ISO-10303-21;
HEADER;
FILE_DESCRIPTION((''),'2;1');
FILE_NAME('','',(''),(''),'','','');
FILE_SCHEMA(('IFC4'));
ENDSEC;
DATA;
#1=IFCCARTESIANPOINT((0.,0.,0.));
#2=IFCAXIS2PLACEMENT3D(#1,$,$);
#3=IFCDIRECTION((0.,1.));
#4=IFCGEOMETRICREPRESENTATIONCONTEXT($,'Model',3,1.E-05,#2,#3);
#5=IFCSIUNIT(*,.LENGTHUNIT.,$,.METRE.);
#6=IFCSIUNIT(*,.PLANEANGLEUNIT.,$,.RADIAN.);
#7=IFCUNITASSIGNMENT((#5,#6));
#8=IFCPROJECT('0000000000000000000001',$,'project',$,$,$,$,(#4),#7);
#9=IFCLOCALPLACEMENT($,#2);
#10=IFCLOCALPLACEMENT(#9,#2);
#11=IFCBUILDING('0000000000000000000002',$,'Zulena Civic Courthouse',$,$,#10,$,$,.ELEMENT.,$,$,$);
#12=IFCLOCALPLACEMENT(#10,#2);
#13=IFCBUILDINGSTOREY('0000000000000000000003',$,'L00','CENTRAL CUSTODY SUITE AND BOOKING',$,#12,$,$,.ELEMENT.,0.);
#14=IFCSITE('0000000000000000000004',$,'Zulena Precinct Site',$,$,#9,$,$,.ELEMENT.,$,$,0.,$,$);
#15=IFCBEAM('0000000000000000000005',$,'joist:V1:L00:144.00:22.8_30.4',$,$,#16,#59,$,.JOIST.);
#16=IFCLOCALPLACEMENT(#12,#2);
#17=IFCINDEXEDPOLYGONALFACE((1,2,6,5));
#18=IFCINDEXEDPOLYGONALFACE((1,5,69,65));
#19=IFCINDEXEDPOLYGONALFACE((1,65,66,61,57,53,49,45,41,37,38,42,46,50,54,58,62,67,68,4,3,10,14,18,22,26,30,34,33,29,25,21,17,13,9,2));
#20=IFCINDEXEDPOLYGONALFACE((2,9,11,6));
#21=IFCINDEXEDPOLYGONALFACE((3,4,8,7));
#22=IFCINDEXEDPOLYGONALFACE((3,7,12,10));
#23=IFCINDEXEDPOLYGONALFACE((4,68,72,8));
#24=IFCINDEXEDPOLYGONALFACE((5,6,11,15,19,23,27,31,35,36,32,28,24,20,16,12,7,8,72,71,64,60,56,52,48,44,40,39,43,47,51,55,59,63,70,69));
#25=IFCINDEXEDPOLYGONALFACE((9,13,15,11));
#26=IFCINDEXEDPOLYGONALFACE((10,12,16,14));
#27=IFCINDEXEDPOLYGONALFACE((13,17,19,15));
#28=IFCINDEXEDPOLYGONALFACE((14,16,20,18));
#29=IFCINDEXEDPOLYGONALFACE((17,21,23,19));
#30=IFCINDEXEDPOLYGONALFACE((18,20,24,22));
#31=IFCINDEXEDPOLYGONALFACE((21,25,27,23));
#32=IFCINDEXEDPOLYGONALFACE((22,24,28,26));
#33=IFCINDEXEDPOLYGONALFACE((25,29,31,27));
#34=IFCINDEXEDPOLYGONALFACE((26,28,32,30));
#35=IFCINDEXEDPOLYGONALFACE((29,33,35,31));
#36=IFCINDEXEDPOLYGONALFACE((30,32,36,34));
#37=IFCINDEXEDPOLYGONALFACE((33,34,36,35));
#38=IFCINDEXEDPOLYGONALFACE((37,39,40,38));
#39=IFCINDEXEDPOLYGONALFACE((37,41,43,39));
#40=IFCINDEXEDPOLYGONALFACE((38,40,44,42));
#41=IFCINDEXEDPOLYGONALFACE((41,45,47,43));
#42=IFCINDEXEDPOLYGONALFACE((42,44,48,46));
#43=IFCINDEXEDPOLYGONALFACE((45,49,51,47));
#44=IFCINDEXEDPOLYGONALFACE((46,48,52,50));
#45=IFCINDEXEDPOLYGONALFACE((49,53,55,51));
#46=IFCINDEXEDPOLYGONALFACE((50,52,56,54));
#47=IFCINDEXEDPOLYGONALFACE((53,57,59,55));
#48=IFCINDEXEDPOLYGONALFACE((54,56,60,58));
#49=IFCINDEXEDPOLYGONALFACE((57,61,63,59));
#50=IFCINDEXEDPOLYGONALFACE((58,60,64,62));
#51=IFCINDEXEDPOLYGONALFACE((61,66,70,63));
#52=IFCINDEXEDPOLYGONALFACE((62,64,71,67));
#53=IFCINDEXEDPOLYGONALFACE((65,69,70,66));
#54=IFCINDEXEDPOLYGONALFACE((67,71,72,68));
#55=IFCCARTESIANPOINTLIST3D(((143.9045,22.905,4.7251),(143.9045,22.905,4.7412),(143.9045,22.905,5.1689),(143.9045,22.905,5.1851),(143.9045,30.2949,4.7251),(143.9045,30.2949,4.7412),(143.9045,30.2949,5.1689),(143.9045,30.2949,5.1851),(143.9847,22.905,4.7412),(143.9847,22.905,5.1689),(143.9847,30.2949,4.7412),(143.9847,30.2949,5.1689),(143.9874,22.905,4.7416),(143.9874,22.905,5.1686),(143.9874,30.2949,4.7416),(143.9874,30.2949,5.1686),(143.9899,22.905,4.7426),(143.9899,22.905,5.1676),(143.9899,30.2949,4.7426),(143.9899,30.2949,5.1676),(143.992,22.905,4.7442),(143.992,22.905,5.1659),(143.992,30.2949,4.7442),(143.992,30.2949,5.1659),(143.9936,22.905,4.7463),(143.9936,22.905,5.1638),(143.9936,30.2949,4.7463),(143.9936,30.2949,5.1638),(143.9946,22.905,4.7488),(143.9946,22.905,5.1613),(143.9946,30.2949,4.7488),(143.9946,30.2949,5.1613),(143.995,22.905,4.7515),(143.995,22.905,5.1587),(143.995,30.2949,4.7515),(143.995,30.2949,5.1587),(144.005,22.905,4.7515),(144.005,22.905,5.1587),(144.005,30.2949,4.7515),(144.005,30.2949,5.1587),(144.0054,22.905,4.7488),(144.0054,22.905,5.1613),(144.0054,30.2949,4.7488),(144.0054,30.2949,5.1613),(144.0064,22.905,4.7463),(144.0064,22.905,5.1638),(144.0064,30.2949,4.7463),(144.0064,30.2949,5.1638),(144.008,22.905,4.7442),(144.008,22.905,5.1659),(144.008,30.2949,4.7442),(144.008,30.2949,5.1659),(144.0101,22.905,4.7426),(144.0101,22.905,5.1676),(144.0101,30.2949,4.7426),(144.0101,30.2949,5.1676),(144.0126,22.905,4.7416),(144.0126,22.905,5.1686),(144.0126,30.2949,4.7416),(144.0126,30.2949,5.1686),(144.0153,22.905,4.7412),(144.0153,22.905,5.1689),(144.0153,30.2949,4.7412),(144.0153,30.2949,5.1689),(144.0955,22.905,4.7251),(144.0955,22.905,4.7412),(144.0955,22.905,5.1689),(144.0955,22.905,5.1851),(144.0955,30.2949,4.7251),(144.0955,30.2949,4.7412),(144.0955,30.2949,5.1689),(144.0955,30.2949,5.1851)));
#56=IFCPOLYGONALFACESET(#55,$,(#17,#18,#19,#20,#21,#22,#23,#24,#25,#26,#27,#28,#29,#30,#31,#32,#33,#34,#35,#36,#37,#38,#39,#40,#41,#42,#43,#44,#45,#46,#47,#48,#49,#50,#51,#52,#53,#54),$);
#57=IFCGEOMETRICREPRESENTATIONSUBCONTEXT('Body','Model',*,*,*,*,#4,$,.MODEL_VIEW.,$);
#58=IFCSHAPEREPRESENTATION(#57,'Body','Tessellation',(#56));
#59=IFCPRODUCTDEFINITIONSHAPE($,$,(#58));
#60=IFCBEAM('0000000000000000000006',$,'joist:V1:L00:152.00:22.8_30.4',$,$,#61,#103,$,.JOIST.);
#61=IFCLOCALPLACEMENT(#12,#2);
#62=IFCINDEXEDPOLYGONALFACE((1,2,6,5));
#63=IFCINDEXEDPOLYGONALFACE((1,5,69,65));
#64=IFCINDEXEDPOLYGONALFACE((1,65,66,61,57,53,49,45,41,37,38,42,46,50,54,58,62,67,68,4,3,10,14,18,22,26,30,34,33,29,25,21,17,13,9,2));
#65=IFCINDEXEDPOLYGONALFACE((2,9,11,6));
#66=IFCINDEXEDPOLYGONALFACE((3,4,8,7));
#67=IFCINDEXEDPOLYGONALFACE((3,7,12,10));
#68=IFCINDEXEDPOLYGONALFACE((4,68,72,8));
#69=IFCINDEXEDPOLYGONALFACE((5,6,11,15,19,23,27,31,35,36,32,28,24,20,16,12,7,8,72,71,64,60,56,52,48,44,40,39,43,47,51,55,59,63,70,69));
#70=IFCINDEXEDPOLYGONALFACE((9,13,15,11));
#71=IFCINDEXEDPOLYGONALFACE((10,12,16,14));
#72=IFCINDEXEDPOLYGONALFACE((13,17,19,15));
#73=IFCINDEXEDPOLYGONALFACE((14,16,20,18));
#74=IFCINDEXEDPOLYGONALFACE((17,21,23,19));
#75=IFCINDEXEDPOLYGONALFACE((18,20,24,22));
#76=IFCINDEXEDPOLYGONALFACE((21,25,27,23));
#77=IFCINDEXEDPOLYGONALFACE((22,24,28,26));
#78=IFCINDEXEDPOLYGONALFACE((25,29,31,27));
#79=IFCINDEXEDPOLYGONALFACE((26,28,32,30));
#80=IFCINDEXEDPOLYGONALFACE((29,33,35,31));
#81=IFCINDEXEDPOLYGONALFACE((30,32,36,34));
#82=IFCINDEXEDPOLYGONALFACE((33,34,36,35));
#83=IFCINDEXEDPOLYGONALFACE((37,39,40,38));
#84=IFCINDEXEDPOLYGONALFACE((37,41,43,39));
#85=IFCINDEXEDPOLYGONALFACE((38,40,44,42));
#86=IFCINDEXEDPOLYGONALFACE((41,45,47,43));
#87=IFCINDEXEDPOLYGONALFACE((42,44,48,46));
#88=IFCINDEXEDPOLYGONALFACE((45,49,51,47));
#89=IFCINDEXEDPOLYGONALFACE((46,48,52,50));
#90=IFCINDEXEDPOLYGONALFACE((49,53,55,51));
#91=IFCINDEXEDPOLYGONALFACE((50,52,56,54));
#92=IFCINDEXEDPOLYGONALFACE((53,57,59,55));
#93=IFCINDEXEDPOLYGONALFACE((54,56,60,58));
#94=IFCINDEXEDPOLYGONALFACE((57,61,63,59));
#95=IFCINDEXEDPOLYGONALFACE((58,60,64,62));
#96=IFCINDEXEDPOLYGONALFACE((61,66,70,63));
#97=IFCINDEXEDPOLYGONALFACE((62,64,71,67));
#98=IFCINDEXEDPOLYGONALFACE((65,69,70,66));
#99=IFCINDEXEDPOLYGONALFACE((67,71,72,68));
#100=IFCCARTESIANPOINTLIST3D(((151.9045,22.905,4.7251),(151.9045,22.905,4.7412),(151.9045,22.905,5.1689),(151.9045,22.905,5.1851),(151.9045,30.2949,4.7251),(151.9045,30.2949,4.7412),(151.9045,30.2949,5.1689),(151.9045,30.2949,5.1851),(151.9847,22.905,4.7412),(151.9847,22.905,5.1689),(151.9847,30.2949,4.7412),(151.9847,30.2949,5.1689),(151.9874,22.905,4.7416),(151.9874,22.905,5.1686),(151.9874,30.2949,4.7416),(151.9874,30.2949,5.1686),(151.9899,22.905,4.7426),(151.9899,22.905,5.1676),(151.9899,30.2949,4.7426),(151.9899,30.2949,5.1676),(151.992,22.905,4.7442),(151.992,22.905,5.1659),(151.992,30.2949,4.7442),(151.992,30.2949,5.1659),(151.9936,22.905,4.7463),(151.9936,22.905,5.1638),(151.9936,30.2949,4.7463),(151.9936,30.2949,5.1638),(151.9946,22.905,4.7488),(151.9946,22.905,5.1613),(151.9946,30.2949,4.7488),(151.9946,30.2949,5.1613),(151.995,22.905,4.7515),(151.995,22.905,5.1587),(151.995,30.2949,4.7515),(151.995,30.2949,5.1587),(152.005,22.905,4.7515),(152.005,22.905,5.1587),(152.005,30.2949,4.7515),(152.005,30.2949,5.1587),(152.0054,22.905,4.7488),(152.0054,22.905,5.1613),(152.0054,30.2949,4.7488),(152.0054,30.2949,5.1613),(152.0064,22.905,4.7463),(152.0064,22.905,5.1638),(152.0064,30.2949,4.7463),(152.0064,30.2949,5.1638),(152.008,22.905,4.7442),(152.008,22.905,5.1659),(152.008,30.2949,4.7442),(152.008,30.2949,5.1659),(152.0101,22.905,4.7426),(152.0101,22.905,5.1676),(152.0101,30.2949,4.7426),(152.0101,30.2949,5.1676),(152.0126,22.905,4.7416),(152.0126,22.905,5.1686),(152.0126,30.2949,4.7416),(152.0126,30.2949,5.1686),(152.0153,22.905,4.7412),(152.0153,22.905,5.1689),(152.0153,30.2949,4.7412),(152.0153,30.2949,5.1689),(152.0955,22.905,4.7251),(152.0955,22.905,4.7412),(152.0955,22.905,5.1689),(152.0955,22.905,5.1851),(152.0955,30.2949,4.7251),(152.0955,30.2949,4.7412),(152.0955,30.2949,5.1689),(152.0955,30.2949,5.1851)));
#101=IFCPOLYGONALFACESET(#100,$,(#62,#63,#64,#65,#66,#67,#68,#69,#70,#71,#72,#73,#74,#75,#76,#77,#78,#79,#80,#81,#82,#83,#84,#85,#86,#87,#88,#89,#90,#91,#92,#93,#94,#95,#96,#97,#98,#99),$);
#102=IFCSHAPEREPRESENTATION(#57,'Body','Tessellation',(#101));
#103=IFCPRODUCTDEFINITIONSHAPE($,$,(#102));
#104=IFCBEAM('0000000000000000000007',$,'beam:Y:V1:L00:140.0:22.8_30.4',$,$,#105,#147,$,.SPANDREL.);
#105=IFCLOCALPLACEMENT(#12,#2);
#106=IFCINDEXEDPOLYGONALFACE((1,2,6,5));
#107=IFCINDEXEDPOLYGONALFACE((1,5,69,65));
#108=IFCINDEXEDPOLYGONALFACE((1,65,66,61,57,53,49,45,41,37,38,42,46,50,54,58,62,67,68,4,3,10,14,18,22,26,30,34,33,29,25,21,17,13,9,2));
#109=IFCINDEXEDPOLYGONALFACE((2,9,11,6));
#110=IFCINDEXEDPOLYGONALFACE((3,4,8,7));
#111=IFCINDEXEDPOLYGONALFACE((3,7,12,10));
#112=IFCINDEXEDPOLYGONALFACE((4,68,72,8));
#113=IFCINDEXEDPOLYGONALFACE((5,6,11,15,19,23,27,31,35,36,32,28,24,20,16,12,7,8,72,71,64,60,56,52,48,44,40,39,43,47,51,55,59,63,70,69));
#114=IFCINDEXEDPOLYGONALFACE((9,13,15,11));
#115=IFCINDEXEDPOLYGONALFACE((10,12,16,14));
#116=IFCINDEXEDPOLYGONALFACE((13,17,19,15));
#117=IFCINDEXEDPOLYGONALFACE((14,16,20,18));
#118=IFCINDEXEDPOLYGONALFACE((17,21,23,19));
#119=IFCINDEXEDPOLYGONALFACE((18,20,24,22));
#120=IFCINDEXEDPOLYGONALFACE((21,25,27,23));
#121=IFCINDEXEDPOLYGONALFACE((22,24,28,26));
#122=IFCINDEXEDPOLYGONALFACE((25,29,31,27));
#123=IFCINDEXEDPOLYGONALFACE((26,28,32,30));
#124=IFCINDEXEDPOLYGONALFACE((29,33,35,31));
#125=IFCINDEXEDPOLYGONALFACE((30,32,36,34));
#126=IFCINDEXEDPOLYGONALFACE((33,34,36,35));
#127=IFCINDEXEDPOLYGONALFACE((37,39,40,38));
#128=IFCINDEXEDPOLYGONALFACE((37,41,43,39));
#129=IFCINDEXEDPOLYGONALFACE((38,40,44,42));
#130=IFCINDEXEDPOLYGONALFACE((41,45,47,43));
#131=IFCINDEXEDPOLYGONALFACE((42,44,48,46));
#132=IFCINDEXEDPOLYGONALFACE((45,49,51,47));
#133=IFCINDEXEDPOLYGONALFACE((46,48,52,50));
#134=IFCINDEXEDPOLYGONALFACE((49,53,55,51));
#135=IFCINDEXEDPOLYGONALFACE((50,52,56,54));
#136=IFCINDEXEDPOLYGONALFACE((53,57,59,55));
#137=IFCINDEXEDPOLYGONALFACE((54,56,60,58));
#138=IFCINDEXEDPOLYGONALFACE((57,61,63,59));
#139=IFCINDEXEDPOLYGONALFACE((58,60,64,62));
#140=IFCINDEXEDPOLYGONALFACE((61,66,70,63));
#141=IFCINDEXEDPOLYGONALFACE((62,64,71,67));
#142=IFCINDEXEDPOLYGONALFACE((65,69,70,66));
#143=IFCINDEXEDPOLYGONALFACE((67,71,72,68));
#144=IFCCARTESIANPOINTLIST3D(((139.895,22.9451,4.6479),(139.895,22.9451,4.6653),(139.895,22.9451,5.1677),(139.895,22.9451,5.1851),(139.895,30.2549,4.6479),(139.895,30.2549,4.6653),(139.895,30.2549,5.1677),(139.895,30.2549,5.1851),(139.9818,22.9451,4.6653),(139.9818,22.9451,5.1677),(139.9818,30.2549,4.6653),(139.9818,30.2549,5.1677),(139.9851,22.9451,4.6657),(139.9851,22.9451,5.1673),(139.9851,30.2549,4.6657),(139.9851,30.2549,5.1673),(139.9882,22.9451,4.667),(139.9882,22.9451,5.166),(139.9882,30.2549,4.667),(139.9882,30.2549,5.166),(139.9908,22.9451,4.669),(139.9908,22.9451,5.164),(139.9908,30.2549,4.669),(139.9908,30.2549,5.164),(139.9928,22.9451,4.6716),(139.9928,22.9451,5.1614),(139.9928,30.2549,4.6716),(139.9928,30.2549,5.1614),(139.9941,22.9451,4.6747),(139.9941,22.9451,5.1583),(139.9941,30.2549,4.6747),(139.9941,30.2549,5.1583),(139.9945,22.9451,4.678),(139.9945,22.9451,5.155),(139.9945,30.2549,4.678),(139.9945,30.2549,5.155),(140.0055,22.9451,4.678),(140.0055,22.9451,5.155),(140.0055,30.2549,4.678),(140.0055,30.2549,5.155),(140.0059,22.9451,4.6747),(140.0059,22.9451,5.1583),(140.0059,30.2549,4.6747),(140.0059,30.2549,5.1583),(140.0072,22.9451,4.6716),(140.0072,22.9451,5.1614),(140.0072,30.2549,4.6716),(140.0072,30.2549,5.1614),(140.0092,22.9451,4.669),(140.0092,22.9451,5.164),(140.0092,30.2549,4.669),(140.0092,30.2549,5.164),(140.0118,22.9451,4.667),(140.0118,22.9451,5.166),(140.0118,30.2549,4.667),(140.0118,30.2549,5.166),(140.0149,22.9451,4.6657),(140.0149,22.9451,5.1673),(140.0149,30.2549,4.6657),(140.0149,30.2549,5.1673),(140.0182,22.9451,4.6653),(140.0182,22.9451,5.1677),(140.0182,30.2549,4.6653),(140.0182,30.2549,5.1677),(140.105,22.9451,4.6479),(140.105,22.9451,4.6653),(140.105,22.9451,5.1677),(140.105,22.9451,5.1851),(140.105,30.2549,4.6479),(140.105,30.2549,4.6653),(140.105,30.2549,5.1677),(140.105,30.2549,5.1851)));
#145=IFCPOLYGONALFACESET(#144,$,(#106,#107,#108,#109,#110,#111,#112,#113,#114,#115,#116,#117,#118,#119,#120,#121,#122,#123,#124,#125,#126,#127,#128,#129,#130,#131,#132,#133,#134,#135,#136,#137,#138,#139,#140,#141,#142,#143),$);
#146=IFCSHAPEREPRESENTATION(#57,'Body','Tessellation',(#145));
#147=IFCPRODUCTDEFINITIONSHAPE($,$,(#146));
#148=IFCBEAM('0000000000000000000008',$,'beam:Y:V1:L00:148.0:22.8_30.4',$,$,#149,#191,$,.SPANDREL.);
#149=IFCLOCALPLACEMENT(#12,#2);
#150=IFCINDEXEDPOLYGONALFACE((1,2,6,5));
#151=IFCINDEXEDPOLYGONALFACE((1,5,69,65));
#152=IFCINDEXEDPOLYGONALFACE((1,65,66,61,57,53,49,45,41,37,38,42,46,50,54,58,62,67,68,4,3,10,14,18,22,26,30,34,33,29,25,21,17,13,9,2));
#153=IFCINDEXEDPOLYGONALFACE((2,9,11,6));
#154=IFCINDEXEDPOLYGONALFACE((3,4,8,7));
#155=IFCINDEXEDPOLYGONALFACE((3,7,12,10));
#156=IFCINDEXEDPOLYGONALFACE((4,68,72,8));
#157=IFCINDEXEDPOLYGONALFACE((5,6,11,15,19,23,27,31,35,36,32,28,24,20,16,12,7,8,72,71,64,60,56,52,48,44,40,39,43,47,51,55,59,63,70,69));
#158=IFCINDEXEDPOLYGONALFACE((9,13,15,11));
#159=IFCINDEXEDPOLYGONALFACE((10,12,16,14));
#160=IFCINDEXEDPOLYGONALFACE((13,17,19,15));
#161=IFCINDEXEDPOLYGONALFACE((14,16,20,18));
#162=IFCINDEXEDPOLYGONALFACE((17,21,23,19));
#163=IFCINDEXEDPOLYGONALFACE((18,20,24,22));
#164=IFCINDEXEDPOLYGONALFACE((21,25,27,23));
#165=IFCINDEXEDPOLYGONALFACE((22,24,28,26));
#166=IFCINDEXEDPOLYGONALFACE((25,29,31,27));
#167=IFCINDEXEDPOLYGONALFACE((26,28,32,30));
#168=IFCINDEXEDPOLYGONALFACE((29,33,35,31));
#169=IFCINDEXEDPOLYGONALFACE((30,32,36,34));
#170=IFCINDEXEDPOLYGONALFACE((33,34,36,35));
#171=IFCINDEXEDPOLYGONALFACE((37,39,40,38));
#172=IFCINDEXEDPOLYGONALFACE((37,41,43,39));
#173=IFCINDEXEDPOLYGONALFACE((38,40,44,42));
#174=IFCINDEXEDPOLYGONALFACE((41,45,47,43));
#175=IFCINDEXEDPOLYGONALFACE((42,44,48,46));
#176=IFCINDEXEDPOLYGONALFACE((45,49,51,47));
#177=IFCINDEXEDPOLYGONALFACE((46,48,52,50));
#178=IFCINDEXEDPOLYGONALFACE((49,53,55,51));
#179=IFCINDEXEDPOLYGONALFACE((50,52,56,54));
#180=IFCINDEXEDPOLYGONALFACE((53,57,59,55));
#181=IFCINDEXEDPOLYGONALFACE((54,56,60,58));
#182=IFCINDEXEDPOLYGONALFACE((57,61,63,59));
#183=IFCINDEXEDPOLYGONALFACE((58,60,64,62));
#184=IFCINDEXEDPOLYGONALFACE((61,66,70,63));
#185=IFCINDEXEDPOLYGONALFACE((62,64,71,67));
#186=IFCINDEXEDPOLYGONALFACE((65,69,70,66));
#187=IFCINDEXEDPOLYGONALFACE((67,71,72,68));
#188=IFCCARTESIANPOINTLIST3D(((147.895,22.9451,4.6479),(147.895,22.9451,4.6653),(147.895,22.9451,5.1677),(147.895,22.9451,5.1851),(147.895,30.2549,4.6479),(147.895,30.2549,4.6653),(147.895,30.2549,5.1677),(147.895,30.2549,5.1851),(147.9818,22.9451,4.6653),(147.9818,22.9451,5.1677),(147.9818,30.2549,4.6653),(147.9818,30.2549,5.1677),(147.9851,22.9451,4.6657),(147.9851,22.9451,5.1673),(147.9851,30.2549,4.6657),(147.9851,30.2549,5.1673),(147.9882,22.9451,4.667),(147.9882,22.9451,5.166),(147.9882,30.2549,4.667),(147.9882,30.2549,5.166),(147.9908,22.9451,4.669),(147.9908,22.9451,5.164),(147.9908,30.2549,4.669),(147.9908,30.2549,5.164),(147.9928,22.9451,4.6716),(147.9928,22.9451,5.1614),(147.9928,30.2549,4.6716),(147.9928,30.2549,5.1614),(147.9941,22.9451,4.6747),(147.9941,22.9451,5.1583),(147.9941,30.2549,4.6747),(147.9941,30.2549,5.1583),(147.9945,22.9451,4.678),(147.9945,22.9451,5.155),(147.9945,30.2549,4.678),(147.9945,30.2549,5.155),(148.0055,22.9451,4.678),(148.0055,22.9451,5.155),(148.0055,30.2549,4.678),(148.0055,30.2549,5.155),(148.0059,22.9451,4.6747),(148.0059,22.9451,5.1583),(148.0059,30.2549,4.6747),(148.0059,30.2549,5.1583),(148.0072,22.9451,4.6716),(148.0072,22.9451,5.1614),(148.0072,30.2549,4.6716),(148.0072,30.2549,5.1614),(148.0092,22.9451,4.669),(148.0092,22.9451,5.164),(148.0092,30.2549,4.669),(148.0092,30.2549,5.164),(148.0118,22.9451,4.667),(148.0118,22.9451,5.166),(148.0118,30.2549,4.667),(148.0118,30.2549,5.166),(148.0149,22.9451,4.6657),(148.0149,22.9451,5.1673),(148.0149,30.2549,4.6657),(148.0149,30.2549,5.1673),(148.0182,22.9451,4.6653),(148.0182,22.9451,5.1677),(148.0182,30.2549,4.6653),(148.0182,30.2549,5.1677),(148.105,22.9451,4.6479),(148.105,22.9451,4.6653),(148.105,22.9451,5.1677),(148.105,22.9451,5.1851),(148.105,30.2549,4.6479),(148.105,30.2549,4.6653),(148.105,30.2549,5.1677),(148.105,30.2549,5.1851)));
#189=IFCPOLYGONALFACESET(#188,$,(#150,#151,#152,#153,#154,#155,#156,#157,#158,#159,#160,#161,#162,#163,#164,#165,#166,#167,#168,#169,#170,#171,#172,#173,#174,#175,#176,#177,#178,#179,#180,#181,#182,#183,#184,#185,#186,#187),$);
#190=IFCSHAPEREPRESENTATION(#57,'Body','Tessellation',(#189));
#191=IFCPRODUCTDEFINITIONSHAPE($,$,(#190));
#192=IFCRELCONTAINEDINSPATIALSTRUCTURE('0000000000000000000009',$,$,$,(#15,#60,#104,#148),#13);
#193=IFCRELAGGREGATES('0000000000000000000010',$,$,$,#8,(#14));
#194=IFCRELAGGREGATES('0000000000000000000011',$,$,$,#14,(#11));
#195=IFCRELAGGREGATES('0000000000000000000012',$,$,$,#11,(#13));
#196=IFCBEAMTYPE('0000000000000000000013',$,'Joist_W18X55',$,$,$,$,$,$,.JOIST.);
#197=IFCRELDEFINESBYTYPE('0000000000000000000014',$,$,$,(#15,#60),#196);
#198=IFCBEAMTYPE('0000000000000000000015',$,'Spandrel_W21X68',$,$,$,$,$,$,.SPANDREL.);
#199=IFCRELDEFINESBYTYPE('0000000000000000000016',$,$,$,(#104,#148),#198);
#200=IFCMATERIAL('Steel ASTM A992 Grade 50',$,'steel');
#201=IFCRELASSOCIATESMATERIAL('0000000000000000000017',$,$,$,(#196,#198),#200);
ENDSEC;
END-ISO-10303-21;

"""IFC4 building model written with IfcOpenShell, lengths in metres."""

from ifc_helpers import new_model, si_unit, direction, frame, origin, origin_2d, place, context, subcontext, project, spatial, i_section, extrude, material, material_profile, profile_set, type_object, element, save


model = new_model("IFC4")

# Units and contexts
model_context = context("Model", 3, precision=1e-05, world=origin(), true_north=direction((0.0, 1.0)))
body_context = subcontext(model_context, "Body", "Model", "MODEL_VIEW")
ifc_project = project(units=[si_unit("LENGTHUNIT", "METRE"), si_unit("PLANEANGLEUNIT", "RADIAN")], contexts=[model_context])

# Site, building, storey
site_placement = place(None, origin())
site = spatial("IfcSite", under=ifc_project, at=site_placement, Name="Zulena Precinct Site", CompositionType="ELEMENT", RefElevation=0.0)
building_placement = place(site_placement, origin())
building = spatial("IfcBuilding", under=site, at=building_placement, Name="Zulena Civic Courthouse", CompositionType="ELEMENT")
storey_placement = place(building_placement, origin())
storey = spatial("IfcBuildingStorey", under=building, at=storey_placement, Name="L00", Description="CENTRAL CUSTODY SUITE AND BOOKING", CompositionType="ELEMENT", Elevation=0.0)

# Shared definitions
ifc_material_1 = material(Name="Steel ASTM A992 Grade 50", Category="steel")

# Beams
ifc_material_profile_1 = material_profile(ifc_material_1, i_section(OverallWidth=0.1909, OverallDepth=0.46, WebThickness=0.01, FlangeThickness=0.0161, FilletRadius=0.0103, at=origin_2d()), Name="W18X55")
ifc_profile_set_1 = profile_set([ifc_material_profile_1], Name="Steel ASTM A992 Grade 50")
beam_type_1 = type_object("IfcBeamType", Name="Joist_W18X55", PredefinedType="JOIST", material=ifc_profile_set_1)
for number, where, z_axis, x_axis, name in (
    (1, (144.0, 22.905, 4.9551), (0.0, 1.0, 0.0), (-1.0, 0.0, 0.0), "joist:V1:L00:144.00:22.8_30.4"),
    (2, (152.0, 22.905, 4.9551), (0.0, 1.0, 0.0), (-1.0, 0.0, 0.0), "joist:V1:L00:152.00:22.8_30.4"),
):
    element("IfcBeam", number, at=place(storey_placement, frame(where, z_axis=z_axis, x_axis=x_axis)), inside=storey, type_object=beam_type_1, Name=name, PredefinedType="JOIST", context=body_context, shape_type="SweptSolid", body=[
        extrude(i_section(OverallWidth=0.1909, OverallDepth=0.46, WebThickness=0.01, FlangeThickness=0.0161, FilletRadius=0.0103, at=origin_2d()), origin(), (0.0, 0.0, 1.0), 7.3899),
    ])
ifc_material_profile_2 = material_profile(ifc_material_1, i_section(OverallWidth=0.21, OverallDepth=0.5371, WebThickness=0.011, FlangeThickness=0.0173, FilletRadius=0.0127, at=origin_2d()), Name="W21X68")
ifc_profile_set_2 = profile_set([ifc_material_profile_2], Name="Steel ASTM A992 Grade 50")
beam_type_2 = type_object("IfcBeamType", Name="Spandrel_W21X68", PredefinedType="SPANDREL", material=ifc_profile_set_2)
for number, where, z_axis, x_axis, name in (
    (3, (140.0, 22.9451, 4.9165), (0.0, 1.0, 0.0), (-1.0, 0.0, 0.0), "beam:Y:V1:L00:140.0:22.8_30.4"),
    (4, (148.0, 22.9451, 4.9165), (0.0, 1.0, 0.0), (-1.0, 0.0, 0.0), "beam:Y:V1:L00:148.0:22.8_30.4"),
):
    element("IfcBeam", number, at=place(storey_placement, frame(where, z_axis=z_axis, x_axis=x_axis)), inside=storey, type_object=beam_type_2, Name=name, PredefinedType="SPANDREL", context=body_context, shape_type="SweptSolid", body=[
        extrude(i_section(OverallWidth=0.21, OverallDepth=0.5371, WebThickness=0.011, FlangeThickness=0.0173, FilletRadius=0.0127, at=origin_2d()), origin(), (0.0, 0.0, 1.0), 7.3098),
    ])

save(model, "model.ifc")
